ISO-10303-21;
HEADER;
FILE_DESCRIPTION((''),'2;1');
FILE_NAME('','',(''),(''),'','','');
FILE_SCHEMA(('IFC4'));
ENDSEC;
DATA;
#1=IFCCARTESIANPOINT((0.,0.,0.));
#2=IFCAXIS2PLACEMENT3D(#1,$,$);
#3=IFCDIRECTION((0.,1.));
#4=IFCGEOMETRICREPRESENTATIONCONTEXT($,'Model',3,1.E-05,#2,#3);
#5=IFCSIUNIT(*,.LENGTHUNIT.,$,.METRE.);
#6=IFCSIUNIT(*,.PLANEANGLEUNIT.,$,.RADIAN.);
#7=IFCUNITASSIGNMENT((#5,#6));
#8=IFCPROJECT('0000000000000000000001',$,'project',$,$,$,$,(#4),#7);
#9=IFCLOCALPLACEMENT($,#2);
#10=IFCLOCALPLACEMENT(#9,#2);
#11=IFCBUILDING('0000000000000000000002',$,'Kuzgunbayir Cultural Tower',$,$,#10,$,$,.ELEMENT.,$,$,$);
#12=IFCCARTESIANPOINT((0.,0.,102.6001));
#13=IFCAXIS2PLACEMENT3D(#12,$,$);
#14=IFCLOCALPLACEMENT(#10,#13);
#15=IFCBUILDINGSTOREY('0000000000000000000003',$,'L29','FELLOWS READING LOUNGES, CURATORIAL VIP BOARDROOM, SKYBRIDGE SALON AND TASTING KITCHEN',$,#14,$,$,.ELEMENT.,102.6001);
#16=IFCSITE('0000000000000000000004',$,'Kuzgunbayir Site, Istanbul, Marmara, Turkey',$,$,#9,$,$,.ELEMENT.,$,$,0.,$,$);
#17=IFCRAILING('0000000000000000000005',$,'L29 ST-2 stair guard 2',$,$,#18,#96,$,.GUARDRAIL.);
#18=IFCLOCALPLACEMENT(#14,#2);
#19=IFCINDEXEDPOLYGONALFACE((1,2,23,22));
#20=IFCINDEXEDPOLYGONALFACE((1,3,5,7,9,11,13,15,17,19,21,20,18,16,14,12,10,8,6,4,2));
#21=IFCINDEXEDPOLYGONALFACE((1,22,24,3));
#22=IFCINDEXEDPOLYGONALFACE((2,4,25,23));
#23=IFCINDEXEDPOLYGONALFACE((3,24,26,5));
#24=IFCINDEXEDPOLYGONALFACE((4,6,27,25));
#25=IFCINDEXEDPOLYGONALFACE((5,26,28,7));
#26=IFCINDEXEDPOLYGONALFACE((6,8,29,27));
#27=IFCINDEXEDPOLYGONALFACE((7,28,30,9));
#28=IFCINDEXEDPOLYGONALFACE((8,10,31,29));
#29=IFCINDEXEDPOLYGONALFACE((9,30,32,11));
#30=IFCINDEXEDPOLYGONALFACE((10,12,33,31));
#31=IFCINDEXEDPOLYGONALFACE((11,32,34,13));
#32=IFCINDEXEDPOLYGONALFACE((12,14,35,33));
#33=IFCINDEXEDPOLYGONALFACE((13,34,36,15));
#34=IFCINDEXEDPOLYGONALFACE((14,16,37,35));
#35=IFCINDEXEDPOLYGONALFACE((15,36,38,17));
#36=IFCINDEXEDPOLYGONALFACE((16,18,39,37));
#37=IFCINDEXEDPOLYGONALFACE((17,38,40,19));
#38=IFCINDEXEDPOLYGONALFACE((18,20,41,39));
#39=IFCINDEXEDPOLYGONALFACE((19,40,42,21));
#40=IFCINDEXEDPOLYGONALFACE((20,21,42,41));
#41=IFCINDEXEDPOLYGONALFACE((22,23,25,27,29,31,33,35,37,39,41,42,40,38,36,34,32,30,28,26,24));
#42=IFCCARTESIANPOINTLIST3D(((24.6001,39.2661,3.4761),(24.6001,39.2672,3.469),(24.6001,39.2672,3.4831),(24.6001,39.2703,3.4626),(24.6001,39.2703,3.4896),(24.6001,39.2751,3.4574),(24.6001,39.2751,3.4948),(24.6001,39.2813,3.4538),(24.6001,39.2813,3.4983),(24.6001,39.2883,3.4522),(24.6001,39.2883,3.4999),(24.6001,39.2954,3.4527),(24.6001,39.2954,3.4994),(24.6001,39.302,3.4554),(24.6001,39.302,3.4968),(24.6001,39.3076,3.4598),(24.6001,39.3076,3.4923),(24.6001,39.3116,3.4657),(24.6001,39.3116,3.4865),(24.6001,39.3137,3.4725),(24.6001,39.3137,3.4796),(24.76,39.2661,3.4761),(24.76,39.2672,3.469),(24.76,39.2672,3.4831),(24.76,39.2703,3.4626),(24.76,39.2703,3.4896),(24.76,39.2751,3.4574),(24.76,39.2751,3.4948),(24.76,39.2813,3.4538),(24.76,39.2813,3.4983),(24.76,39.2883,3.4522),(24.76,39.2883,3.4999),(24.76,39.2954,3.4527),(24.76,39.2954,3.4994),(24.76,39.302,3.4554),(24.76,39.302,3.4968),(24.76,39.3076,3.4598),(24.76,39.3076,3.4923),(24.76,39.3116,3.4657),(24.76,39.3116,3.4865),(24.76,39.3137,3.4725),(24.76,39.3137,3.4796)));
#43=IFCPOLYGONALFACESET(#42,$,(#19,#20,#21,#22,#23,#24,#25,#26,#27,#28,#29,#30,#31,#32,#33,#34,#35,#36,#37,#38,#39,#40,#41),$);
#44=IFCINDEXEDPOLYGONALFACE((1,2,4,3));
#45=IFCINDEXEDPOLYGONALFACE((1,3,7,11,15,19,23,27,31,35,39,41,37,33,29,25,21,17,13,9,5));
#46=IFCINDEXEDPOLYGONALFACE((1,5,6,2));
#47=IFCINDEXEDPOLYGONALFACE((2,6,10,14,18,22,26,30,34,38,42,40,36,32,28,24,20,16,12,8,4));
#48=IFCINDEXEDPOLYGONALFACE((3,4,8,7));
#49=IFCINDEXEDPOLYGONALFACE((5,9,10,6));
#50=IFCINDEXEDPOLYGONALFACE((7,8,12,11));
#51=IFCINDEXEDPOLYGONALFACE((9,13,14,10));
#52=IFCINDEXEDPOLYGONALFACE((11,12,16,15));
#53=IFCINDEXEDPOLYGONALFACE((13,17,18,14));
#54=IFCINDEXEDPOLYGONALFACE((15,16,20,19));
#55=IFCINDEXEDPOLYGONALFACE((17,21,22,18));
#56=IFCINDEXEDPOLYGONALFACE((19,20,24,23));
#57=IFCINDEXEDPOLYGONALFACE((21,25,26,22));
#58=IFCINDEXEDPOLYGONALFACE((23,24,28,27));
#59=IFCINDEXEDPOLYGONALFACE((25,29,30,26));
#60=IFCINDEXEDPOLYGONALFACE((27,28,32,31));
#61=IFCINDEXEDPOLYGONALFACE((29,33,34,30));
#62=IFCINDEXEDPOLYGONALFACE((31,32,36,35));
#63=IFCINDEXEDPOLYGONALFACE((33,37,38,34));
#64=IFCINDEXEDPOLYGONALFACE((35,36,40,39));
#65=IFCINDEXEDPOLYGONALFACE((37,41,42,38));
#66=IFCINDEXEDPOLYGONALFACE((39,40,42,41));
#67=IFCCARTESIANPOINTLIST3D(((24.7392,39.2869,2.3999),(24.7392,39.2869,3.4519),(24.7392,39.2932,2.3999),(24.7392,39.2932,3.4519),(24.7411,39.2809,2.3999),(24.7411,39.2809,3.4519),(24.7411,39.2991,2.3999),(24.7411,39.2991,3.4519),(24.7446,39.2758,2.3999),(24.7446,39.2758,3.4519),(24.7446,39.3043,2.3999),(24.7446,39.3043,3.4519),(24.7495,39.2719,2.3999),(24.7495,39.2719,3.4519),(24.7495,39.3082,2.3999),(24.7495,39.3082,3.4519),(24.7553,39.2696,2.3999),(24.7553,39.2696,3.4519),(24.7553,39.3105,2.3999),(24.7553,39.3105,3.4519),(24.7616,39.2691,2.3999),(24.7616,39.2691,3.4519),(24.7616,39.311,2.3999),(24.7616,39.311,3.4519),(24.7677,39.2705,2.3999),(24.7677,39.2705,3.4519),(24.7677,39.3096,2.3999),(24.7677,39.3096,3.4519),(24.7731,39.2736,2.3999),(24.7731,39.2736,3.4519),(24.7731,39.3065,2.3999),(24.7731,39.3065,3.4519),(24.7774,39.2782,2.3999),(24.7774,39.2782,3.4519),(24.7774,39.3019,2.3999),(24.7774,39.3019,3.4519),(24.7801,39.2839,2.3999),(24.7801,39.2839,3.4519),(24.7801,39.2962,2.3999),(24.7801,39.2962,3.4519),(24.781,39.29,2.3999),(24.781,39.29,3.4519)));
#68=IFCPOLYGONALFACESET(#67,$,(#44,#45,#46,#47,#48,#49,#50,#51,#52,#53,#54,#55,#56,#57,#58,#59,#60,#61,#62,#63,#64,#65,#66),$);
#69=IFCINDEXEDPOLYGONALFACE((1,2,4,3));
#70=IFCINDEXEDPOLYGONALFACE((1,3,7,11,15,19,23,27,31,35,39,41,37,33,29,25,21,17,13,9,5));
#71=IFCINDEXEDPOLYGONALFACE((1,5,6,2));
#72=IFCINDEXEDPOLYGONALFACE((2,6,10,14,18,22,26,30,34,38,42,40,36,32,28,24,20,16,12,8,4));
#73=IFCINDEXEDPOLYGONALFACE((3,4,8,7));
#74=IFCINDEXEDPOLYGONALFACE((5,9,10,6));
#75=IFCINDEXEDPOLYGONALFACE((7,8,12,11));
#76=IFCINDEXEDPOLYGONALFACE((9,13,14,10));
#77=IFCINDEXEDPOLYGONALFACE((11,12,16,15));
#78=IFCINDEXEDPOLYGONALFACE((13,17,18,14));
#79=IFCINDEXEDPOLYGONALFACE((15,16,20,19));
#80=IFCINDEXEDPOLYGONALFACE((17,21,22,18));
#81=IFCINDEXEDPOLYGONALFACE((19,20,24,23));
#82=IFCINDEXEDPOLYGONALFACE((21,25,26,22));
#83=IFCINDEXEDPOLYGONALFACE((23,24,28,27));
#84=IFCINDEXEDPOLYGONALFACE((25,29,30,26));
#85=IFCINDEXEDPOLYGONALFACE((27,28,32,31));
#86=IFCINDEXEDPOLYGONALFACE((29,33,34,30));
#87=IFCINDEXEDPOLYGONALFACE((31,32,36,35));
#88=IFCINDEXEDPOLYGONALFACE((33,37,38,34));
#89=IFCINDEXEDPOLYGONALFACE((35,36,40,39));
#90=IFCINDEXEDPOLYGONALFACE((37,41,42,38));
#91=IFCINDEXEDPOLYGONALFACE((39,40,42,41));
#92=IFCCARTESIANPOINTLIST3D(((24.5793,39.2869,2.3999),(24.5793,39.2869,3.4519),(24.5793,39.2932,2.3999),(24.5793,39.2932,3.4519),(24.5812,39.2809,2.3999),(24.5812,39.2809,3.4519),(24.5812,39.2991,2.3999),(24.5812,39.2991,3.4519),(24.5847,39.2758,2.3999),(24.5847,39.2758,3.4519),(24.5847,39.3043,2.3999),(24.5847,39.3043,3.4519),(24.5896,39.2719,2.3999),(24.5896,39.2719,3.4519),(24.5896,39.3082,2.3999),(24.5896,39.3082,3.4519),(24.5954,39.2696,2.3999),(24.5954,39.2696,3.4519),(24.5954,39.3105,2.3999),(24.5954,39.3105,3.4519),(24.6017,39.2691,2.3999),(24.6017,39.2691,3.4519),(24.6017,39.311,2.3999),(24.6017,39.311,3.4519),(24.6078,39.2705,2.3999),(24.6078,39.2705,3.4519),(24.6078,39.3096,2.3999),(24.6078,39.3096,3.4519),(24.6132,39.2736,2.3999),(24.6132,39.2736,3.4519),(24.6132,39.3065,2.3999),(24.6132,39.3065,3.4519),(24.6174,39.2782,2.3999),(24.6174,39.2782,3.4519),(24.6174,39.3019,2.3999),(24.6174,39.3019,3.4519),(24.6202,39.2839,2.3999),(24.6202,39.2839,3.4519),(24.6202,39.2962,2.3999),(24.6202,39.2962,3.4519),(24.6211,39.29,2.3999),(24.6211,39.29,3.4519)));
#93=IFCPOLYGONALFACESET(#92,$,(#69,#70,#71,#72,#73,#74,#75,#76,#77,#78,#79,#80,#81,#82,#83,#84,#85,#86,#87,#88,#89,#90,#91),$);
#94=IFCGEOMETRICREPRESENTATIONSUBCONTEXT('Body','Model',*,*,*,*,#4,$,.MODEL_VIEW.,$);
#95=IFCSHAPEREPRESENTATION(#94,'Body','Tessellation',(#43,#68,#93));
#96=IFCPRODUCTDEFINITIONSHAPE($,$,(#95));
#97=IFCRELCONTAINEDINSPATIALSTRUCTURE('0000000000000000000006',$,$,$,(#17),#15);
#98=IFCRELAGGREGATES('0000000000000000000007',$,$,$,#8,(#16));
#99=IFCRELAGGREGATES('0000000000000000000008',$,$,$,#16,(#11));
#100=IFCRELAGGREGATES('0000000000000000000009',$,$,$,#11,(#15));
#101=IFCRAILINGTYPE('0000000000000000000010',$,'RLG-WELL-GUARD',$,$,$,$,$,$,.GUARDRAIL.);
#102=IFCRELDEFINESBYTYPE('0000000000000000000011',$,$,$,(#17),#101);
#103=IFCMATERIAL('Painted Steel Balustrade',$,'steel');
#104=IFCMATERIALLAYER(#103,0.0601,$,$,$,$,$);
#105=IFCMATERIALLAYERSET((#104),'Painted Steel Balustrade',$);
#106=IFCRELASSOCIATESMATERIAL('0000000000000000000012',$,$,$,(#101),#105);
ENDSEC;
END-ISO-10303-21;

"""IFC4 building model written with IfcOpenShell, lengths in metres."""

from ifc_helpers import new_model, si_unit, direction, frame, origin, origin_2d, place, context, subcontext, project, spatial, circle, extrude, material, layer, layer_set, type_object, element, save


model = new_model("IFC4")

# Units and contexts
model_context = context("Model", 3, precision=1e-05, world=origin(), true_north=direction((0.0, 1.0)))
body_context = subcontext(model_context, "Body", "Model", "MODEL_VIEW")
ifc_project = project(units=[si_unit("LENGTHUNIT", "METRE"), si_unit("PLANEANGLEUNIT", "RADIAN")], contexts=[model_context])

# Site, building, storey
site_placement = place(None, origin())
site = spatial("IfcSite", under=ifc_project, at=site_placement, Name="Kuzgunbayir Site, Istanbul, Marmara, Turkey", CompositionType="ELEMENT", RefElevation=0.0)
building_placement = place(site_placement, origin())
building = spatial("IfcBuilding", under=site, at=building_placement, Name="Kuzgunbayir Cultural Tower", CompositionType="ELEMENT")
storey_placement = place(building_placement, frame((0.0, 0.0, 102.6001)))
storey = spatial("IfcBuildingStorey", under=building, at=storey_placement, Name="L29", Description="FELLOWS READING LOUNGES, CURATORIAL VIP BOARDROOM, SKYBRIDGE SALON AND TASTING KITCHEN", CompositionType="ELEMENT", Elevation=102.6001)

# Railing
ifc_material_1 = material(Name="Painted Steel Balustrade", Category="steel")
ifc_layer_1 = layer(ifc_material_1, 0.0601)
ifc_layer_set_1 = layer_set([ifc_layer_1], Name="Painted Steel Balustrade")
railing_type_1 = type_object("IfcRailingType", Name="RLG-WELL-GUARD", PredefinedType="GUARDRAIL", material=ifc_layer_set_1)
railing_1_placement = place(storey_placement, frame((24.76, 39.29, 2.3999)))
element("IfcRailing", 1, at=railing_1_placement, inside=storey, type_object=railing_type_1, Name="L29 ST-2 stair guard 2", PredefinedType="GUARDRAIL", context=body_context, shape_type="SweptSolid", body=[
    extrude(circle(Radius=0.0239, at=origin_2d()), frame((0.0, 0.0, 1.0762), z_axis=(-1.0, 0.0, 0.0), x_axis=(0.0, -1.0, 0.0)), (0.0, 0.0, 1.0), 0.1599),
    extrude(circle(Radius=0.021, at=origin_2d()), origin(), (0.0, 0.0, 1.0), 1.052),
    extrude(circle(Radius=0.021, at=origin_2d()), frame((-0.1599, 0.0, 0.0)), (0.0, 0.0, 1.0), 1.052),
])

save(model, "model.ifc")
